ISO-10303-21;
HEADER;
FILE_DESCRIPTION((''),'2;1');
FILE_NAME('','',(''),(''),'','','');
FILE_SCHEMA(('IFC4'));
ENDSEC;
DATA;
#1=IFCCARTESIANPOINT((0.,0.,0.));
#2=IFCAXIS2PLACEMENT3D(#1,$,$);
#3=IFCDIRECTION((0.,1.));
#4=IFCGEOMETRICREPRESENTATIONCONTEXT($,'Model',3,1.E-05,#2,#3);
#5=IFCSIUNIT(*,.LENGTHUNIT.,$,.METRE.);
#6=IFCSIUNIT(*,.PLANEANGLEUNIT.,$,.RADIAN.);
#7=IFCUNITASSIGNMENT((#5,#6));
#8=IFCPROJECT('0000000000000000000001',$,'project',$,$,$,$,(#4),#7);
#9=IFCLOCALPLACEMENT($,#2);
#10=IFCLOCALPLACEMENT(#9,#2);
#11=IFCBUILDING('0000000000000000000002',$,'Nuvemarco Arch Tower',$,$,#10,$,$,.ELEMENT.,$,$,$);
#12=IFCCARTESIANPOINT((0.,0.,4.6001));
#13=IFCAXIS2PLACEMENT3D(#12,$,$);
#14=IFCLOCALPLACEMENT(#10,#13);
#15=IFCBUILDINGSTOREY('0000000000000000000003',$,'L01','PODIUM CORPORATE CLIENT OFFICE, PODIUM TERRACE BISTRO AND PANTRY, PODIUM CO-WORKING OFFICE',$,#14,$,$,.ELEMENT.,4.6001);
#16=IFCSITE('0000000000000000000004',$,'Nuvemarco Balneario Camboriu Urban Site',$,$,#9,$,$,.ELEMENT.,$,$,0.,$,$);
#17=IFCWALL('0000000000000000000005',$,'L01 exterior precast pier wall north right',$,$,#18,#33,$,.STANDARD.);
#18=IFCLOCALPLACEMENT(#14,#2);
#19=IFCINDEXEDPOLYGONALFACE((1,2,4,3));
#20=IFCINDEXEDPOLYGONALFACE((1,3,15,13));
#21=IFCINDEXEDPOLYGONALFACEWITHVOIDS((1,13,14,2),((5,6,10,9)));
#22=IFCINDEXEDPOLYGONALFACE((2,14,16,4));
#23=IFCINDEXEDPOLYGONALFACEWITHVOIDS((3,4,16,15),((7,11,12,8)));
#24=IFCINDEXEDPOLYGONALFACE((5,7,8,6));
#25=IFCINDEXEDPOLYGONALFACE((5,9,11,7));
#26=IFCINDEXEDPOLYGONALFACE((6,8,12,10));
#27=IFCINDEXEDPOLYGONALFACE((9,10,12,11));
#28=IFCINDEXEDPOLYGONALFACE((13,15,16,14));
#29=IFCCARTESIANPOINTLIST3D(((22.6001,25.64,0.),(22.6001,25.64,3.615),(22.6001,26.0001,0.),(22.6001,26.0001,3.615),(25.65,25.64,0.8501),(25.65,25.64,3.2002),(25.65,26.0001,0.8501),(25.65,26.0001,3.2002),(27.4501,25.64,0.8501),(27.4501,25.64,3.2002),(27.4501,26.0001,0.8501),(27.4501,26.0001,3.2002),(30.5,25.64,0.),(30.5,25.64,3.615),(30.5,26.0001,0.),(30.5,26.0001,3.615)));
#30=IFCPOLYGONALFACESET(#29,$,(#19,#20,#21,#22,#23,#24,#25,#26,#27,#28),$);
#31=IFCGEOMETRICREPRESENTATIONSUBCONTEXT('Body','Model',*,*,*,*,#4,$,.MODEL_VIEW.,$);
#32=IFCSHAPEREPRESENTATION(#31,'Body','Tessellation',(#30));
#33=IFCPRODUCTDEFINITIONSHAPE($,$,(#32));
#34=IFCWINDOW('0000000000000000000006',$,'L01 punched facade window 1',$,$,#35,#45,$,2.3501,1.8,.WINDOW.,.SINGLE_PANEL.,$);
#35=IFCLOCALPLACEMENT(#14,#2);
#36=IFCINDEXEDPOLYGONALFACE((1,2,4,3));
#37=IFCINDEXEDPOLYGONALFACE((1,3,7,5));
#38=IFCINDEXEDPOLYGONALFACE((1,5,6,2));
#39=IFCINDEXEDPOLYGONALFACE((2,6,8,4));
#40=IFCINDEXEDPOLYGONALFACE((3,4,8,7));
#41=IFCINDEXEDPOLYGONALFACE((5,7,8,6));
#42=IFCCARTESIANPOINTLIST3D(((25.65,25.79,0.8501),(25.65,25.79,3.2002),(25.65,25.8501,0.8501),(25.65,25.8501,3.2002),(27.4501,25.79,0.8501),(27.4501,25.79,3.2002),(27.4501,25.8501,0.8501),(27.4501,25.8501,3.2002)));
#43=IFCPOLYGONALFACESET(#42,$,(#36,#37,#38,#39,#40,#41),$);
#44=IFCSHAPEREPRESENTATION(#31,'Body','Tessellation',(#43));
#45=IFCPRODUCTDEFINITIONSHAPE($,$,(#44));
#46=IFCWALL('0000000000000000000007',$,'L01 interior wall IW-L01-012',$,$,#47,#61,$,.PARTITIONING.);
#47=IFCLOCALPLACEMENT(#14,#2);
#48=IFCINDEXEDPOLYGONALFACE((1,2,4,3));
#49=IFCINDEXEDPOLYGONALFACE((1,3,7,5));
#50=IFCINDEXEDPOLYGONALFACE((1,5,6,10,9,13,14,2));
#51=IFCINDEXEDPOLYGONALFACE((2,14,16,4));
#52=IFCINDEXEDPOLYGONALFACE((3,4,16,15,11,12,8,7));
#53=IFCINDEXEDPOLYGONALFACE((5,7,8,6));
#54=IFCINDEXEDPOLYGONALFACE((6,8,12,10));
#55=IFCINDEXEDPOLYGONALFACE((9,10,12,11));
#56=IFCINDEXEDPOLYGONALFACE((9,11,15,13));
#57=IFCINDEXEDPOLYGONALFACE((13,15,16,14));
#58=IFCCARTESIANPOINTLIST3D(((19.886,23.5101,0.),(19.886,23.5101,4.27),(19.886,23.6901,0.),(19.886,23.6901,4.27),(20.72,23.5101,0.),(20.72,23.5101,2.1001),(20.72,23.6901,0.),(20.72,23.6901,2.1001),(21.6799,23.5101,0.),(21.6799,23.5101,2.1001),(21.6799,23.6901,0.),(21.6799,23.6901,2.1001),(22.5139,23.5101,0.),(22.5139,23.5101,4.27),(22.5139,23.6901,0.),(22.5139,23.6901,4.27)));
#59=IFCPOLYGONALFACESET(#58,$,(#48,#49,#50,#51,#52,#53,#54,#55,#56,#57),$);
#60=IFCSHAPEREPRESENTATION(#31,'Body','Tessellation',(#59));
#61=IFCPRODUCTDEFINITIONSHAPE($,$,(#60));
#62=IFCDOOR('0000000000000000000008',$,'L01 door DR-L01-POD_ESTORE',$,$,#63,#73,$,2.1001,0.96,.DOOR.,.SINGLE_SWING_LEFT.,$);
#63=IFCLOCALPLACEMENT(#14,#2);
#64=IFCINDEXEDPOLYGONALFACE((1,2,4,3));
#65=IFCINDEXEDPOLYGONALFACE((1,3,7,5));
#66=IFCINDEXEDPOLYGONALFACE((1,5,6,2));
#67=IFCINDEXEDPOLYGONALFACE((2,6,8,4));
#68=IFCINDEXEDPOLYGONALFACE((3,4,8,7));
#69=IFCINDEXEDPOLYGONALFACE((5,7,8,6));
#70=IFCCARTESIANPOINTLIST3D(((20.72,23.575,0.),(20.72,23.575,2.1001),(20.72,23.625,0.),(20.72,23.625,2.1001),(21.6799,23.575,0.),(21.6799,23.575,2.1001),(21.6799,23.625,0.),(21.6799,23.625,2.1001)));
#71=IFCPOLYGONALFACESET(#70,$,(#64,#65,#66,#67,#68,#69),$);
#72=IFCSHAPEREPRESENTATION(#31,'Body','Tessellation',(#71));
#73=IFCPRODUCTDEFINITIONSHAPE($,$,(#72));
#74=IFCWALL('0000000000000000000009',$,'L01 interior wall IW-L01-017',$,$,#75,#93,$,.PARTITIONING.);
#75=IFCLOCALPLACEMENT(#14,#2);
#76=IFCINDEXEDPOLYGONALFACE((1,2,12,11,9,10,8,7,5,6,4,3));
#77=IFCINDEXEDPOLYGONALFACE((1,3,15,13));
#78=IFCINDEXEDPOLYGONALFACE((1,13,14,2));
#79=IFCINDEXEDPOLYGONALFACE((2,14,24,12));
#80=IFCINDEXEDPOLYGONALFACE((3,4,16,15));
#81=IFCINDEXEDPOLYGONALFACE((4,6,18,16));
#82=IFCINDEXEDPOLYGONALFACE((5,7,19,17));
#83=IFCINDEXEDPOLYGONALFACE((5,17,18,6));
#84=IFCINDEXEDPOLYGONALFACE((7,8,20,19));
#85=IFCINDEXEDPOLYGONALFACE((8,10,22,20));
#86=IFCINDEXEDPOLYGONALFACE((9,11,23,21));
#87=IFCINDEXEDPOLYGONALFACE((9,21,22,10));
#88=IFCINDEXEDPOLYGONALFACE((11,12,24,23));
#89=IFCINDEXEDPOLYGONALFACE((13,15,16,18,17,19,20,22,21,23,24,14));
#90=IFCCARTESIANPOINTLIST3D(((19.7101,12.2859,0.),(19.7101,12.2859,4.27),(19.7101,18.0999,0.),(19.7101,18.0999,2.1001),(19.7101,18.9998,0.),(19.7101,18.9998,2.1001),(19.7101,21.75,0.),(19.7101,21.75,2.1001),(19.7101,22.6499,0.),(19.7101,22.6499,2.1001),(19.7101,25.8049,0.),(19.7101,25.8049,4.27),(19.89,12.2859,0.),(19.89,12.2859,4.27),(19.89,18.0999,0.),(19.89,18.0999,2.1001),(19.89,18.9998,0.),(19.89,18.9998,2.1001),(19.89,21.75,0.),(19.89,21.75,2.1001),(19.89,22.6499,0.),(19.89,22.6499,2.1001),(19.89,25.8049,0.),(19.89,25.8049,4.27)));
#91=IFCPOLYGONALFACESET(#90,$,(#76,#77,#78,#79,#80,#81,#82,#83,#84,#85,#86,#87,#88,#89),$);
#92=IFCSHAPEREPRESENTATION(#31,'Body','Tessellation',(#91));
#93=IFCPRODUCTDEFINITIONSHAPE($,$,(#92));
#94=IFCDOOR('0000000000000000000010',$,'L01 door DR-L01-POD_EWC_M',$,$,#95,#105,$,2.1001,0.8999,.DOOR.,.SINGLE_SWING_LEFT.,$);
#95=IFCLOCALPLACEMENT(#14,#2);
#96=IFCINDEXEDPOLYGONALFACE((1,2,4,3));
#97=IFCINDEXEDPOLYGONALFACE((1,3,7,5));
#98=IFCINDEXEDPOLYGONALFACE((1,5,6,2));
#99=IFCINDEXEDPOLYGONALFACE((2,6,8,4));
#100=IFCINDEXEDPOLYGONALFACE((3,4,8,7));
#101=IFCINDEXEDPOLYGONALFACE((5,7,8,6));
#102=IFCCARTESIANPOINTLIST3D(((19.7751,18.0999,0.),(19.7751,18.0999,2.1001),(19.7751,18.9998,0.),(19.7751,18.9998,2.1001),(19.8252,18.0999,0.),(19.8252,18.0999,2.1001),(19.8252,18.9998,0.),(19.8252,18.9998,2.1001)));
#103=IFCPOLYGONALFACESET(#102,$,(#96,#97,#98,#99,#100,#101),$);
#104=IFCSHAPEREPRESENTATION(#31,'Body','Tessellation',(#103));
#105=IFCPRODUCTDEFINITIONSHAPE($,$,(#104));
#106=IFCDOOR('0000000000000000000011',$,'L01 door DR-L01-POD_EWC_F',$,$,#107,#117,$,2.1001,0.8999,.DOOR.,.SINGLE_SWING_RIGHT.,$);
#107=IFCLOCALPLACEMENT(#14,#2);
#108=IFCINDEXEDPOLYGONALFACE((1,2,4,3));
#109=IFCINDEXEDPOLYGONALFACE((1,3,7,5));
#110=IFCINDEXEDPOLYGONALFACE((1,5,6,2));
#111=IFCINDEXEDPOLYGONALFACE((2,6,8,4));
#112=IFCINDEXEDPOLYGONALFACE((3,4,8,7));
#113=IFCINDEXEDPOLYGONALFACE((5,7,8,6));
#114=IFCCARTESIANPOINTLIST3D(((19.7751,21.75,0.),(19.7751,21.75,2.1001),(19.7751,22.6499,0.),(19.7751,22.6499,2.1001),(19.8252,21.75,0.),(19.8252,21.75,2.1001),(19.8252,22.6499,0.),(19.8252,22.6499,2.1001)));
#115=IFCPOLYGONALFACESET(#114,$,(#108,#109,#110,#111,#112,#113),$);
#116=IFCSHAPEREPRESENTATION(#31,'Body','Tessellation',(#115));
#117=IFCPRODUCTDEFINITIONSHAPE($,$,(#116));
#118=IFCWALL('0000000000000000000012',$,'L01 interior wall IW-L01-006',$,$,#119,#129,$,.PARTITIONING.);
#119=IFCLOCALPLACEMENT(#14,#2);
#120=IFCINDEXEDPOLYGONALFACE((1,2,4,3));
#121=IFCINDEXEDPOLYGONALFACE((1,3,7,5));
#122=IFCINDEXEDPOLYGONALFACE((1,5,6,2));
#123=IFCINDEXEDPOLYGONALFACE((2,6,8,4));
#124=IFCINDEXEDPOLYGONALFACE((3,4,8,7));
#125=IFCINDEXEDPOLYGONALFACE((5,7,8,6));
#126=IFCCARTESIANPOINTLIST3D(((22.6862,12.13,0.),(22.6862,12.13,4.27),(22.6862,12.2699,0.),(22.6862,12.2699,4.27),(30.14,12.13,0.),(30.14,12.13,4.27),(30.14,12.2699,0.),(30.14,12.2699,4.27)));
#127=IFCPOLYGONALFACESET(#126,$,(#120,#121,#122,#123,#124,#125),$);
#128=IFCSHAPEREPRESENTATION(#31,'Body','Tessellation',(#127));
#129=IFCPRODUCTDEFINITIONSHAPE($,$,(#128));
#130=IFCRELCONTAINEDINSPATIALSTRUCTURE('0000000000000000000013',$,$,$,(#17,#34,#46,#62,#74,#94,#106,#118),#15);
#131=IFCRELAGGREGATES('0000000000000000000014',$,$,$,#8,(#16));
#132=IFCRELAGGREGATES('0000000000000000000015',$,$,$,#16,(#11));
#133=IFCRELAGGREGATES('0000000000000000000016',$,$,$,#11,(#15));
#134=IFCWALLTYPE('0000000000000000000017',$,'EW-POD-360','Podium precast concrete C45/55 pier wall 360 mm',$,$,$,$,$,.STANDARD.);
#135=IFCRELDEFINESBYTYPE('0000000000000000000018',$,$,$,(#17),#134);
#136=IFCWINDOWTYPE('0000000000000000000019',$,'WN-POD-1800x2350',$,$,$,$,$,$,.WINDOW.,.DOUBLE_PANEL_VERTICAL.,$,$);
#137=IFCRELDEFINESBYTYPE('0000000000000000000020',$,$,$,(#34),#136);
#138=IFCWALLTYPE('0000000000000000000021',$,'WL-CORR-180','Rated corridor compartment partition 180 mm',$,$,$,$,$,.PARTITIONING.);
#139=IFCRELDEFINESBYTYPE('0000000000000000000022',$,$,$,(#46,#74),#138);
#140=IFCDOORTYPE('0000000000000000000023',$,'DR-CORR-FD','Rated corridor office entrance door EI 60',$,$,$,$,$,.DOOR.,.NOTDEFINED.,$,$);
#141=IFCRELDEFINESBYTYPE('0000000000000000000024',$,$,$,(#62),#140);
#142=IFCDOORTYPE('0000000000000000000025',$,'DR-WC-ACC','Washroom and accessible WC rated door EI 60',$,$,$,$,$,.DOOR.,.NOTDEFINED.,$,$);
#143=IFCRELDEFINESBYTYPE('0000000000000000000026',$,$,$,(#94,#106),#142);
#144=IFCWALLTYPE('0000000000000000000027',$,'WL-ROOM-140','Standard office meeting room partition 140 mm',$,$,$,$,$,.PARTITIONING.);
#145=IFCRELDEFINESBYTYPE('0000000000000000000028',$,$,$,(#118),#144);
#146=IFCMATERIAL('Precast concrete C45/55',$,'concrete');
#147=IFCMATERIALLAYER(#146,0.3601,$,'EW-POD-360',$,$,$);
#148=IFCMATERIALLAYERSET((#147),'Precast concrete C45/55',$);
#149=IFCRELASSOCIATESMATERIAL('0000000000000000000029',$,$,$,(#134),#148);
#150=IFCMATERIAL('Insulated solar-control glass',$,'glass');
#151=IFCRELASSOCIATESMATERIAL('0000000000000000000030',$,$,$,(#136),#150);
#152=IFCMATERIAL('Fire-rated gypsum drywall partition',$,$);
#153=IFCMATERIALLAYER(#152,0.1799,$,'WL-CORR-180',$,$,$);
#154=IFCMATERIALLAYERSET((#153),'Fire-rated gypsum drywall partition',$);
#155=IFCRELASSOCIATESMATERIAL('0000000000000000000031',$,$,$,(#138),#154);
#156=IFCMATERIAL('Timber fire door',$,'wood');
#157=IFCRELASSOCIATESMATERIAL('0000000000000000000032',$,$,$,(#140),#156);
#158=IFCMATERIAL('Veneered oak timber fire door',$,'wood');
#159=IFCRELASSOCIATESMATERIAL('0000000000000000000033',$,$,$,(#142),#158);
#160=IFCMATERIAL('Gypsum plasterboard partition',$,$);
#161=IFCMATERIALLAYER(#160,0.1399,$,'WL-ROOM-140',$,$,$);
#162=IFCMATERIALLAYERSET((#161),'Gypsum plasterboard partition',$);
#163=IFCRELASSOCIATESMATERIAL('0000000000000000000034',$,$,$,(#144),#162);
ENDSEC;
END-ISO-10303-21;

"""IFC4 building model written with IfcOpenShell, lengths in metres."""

from ifc_helpers import new_model, si_unit, direction, frame, frame_2d, origin, place, context, subcontext, project, spatial, rectangle, extrude, source, transform, mapped, material, layer, layer_set, type_object, type_shapes, element, fill, save


model = new_model("IFC4")

# Units and contexts
model_context = context("Model", 3, precision=1e-05, world=origin(), true_north=direction((0.0, 1.0)))
body_context = subcontext(model_context, "Body", "Model", "MODEL_VIEW")
ifc_project = project(units=[si_unit("LENGTHUNIT", "METRE"), si_unit("PLANEANGLEUNIT", "RADIAN")], contexts=[model_context])

# Site, building, storey
site_placement = place(None, origin())
site = spatial("IfcSite", under=ifc_project, at=site_placement, Name="Nuvemarco Balneario Camboriu Urban Site", CompositionType="ELEMENT", RefElevation=0.0)
building_placement = place(site_placement, origin())
building = spatial("IfcBuilding", under=site, at=building_placement, Name="Nuvemarco Arch Tower", CompositionType="ELEMENT")
storey_placement = place(building_placement, frame((0.0, 0.0, 4.6001)))
storey = spatial("IfcBuildingStorey", under=building, at=storey_placement, Name="L01", Description="PODIUM CORPORATE CLIENT OFFICE, PODIUM TERRACE BISTRO AND PANTRY, PODIUM CO-WORKING OFFICE", CompositionType="ELEMENT", Elevation=4.6001)

# Shared definitions
ifc_material_1 = material(Name="Precast concrete C45/55", Category="concrete")

# Wall, opening, window
ifc_layer_1 = layer(ifc_material_1, 0.3601, Name="EW-POD-360")
ifc_layer_set_1 = layer_set([ifc_layer_1], Name="Precast concrete C45/55")
wall_type_1 = type_object("IfcWallType", Name="EW-POD-360", Description="Podium precast concrete C45/55 pier wall 360 mm", PredefinedType="STANDARD", material=ifc_layer_set_1)
wall_1_placement = place(storey_placement, frame((22.6001, 25.8201, 0.0), z_axis=(0.0, 0.0, 1.0), x_axis=(1.0, 0.0, 0.0)))
wall_1 = element("IfcWall", 1, at=wall_1_placement, inside=storey, type_object=wall_type_1, Name="L01 exterior precast pier wall north right", PredefinedType="STANDARD", context=body_context, shape_type="SweptSolid", body=[
    extrude(rectangle(XDim=7.8999, YDim=0.3601, at=frame_2d((3.95, 0.0))), origin(), (0.0, 0.0, 1.0), 3.615),
])
opening_1_placement = place(wall_1_placement, frame((3.05, 0.0, 0.8501)))
opening_1 = element("IfcOpeningElement", 2, at=opening_1_placement, cuts=wall_1, PredefinedType="OPENING", context=body_context, shape_type="SweptSolid", body=[
    extrude(rectangle(XDim=1.8, YDim=2.3501, at=frame_2d((0.8999, 1.175))), frame((0.0, 0.1899, 0.0), z_axis=(0.0, -1.0, 0.0), x_axis=(1.0, 0.0, 0.0)), (0.0, 0.0, 1.0), 0.3801),
])
ifc_material_2 = material(Name="Insulated solar-control glass", Category="glass")
window_type = type_object("IfcWindowType", Name="WN-POD-1800x2350", PartitioningType="DOUBLE_PANEL_VERTICAL", PredefinedType="WINDOW", material=ifc_material_2)
shared_shape_1 = source(origin(), body_context, "Body", "SweptSolid", [
    extrude(rectangle(XDim=1.8, YDim=2.3501, at=frame_2d((0.8999, 1.175))), frame((0.0, 0.03, 0.0), z_axis=(0.0, -1.0, 0.0), x_axis=(1.0, 0.0, 0.0)), (0.0, 0.0, 1.0), 0.0601),
])
type_shapes(window_type, [shared_shape_1])
window_placement = place(opening_1_placement, origin())
window = element("IfcWindow", 3, at=window_placement, inside=storey, type_object=window_type, Name="L01 punched facade window 1", OverallHeight=2.3501, OverallWidth=1.8, PartitioningType="SINGLE_PANEL", PredefinedType="WINDOW", context=body_context, shape_type="MappedRepresentation", body=[
    mapped(shared_shape_1, transform((0.0, 0.0, 0.0), scale=1.0)),
])
fill(opening_1, window)

# Wall, opening, door
ifc_material_3 = material(Name="Fire-rated gypsum drywall partition")
ifc_layer_2 = layer(ifc_material_3, 0.1799, Name="WL-CORR-180")
ifc_layer_set_2 = layer_set([ifc_layer_2], Name="Fire-rated gypsum drywall partition")
wall_type_2 = type_object("IfcWallType", Name="WL-CORR-180", Description="Rated corridor compartment partition 180 mm", PredefinedType="PARTITIONING", material=ifc_layer_set_2)
wall_2_placement = place(storey_placement, frame((19.886, 23.6001, 0.0), z_axis=(0.0, 0.0, 1.0), x_axis=(1.0, 0.0, 0.0)))
wall_2 = element("IfcWall", 4, at=wall_2_placement, inside=storey, type_object=wall_type_2, Name="L01 interior wall IW-L01-012", PredefinedType="PARTITIONING", context=body_context, shape_type="SweptSolid", body=[
    extrude(rectangle(XDim=2.6279, YDim=0.1799, at=frame_2d((1.314, 0.0))), origin(), (0.0, 0.0, 1.0), 4.27),
])
opening_2_placement = place(wall_2_placement, frame((0.834, 0.0, 0.0)))
opening_2 = element("IfcOpeningElement", 5, at=opening_2_placement, cuts=wall_2, PredefinedType="OPENING", context=body_context, shape_type="SweptSolid", body=[
    extrude(rectangle(XDim=0.96, YDim=2.1001, at=frame_2d((0.48, 1.05))), frame((0.0, 0.0999, 0.0), z_axis=(0.0, -1.0, 0.0), x_axis=(1.0, 0.0, 0.0)), (0.0, 0.0, 1.0), 0.2),
])
ifc_material_4 = material(Name="Timber fire door", Category="wood")
door_type_1 = type_object("IfcDoorType", Name="DR-CORR-FD", Description="Rated corridor office entrance door EI 60", OperationType="NOTDEFINED", PredefinedType="DOOR", material=ifc_material_4)
shared_shape_2 = source(origin(), body_context, "Body", "SweptSolid", [
    extrude(rectangle(XDim=0.96, YDim=2.1001, at=frame_2d((0.48, 1.05))), frame((0.0, 0.0249, 0.0), z_axis=(0.0, -1.0, 0.0), x_axis=(1.0, 0.0, 0.0)), (0.0, 0.0, 1.0), 0.05),
])
type_shapes(door_type_1, [shared_shape_2])
door_1_placement = place(opening_2_placement, origin())
door_1 = element("IfcDoor", 6, at=door_1_placement, inside=storey, type_object=door_type_1, Name="L01 door DR-L01-POD_ESTORE", OperationType="SINGLE_SWING_LEFT", OverallHeight=2.1001, OverallWidth=0.96, PredefinedType="DOOR", context=body_context, shape_type="MappedRepresentation", body=[
    mapped(shared_shape_2, transform((0.0, 0.0, 0.0), scale=1.0)),
])
fill(opening_2, door_1)

# Wall, openings, doors
wall_3_placement = place(storey_placement, frame((19.8, 12.2859, 0.0), z_axis=(0.0, 0.0, 1.0), x_axis=(0.0, 1.0, 0.0)))
wall_3 = element("IfcWall", 7, at=wall_3_placement, inside=storey, type_object=wall_type_2, Name="L01 interior wall IW-L01-017", PredefinedType="PARTITIONING", context=body_context, shape_type="SweptSolid", body=[
    extrude(rectangle(XDim=13.519, YDim=0.1799, at=frame_2d((6.7595, 0.0))), origin(), (0.0, 0.0, 1.0), 4.27),
])
opening_3_placement = place(wall_3_placement, frame((5.814, 0.0, 0.0)))
opening_3 = element("IfcOpeningElement", 8, at=opening_3_placement, cuts=wall_3, PredefinedType="OPENING", context=body_context, shape_type="SweptSolid", body=[
    extrude(rectangle(XDim=0.8999, YDim=2.1001, at=frame_2d((0.45, 1.05))), frame((0.0, 0.0999, 0.0), z_axis=(0.0, -1.0, 0.0), x_axis=(1.0, 0.0, 0.0)), (0.0, 0.0, 1.0), 0.2),
])
opening_4_placement = place(wall_3_placement, frame((9.4641, 0.0, 0.0)))
opening_4 = element("IfcOpeningElement", 9, at=opening_4_placement, cuts=wall_3, PredefinedType="OPENING", context=body_context, shape_type="SweptSolid", body=[
    extrude(rectangle(XDim=0.8999, YDim=2.1001, at=frame_2d((0.45, 1.05))), frame((0.0, 0.0999, 0.0), z_axis=(0.0, -1.0, 0.0), x_axis=(1.0, 0.0, 0.0)), (0.0, 0.0, 1.0), 0.2),
])
ifc_material_5 = material(Name="Veneered oak timber fire door", Category="wood")
door_type_2 = type_object("IfcDoorType", Name="DR-WC-ACC", Description="Washroom and accessible WC rated door EI 60", OperationType="NOTDEFINED", PredefinedType="DOOR", material=ifc_material_5)
shared_shape_3 = source(origin(), body_context, "Body", "SweptSolid", [
    extrude(rectangle(XDim=0.8999, YDim=2.1001, at=frame_2d((0.45, 1.05))), frame((0.0, 0.0249, 0.0), z_axis=(0.0, -1.0, 0.0), x_axis=(1.0, 0.0, 0.0)), (0.0, 0.0, 1.0), 0.05),
])
type_shapes(door_type_2, [shared_shape_3])
door_2_placement = place(opening_3_placement, origin())
door_2 = element("IfcDoor", 10, at=door_2_placement, inside=storey, type_object=door_type_2, Name="L01 door DR-L01-POD_EWC_M", OperationType="SINGLE_SWING_LEFT", OverallHeight=2.1001, OverallWidth=0.8999, PredefinedType="DOOR", context=body_context, shape_type="MappedRepresentation", body=[
    mapped(shared_shape_3, transform((0.0, 0.0, 0.0), scale=1.0)),
])
fill(opening_3, door_2)
door_3_placement = place(opening_4_placement, origin())
door_3 = element("IfcDoor", 11, at=door_3_placement, inside=storey, type_object=door_type_2, Name="L01 door DR-L01-POD_EWC_F", OperationType="SINGLE_SWING_RIGHT", OverallHeight=2.1001, OverallWidth=0.8999, PredefinedType="DOOR", context=body_context, shape_type="MappedRepresentation", body=[
    mapped(shared_shape_3, transform((0.0, 0.0, 0.0), scale=1.0)),
])
fill(opening_4, door_3)

# Wall
ifc_material_6 = material(Name="Gypsum plasterboard partition")
ifc_layer_3 = layer(ifc_material_6, 0.1399, Name="WL-ROOM-140")
ifc_layer_set_3 = layer_set([ifc_layer_3], Name="Gypsum plasterboard partition")
wall_type_3 = type_object("IfcWallType", Name="WL-ROOM-140", Description="Standard office meeting room partition 140 mm", PredefinedType="PARTITIONING", material=ifc_layer_set_3)
wall_4_placement = place(storey_placement, frame((22.686, 12.2, 0.0), z_axis=(0.0, 0.0, 1.0), x_axis=(1.0, 0.0, 0.0)))
element("IfcWall", 12, at=wall_4_placement, inside=storey, type_object=wall_type_3, Name="L01 interior wall IW-L01-006", PredefinedType="PARTITIONING", context=body_context, shape_type="SweptSolid", body=[
    extrude(rectangle(XDim=7.4539, YDim=0.1399, at=frame_2d((3.7271, 0.0))), origin(), (0.0, 0.0, 1.0), 4.27),
])

save(model, "model.ifc")
